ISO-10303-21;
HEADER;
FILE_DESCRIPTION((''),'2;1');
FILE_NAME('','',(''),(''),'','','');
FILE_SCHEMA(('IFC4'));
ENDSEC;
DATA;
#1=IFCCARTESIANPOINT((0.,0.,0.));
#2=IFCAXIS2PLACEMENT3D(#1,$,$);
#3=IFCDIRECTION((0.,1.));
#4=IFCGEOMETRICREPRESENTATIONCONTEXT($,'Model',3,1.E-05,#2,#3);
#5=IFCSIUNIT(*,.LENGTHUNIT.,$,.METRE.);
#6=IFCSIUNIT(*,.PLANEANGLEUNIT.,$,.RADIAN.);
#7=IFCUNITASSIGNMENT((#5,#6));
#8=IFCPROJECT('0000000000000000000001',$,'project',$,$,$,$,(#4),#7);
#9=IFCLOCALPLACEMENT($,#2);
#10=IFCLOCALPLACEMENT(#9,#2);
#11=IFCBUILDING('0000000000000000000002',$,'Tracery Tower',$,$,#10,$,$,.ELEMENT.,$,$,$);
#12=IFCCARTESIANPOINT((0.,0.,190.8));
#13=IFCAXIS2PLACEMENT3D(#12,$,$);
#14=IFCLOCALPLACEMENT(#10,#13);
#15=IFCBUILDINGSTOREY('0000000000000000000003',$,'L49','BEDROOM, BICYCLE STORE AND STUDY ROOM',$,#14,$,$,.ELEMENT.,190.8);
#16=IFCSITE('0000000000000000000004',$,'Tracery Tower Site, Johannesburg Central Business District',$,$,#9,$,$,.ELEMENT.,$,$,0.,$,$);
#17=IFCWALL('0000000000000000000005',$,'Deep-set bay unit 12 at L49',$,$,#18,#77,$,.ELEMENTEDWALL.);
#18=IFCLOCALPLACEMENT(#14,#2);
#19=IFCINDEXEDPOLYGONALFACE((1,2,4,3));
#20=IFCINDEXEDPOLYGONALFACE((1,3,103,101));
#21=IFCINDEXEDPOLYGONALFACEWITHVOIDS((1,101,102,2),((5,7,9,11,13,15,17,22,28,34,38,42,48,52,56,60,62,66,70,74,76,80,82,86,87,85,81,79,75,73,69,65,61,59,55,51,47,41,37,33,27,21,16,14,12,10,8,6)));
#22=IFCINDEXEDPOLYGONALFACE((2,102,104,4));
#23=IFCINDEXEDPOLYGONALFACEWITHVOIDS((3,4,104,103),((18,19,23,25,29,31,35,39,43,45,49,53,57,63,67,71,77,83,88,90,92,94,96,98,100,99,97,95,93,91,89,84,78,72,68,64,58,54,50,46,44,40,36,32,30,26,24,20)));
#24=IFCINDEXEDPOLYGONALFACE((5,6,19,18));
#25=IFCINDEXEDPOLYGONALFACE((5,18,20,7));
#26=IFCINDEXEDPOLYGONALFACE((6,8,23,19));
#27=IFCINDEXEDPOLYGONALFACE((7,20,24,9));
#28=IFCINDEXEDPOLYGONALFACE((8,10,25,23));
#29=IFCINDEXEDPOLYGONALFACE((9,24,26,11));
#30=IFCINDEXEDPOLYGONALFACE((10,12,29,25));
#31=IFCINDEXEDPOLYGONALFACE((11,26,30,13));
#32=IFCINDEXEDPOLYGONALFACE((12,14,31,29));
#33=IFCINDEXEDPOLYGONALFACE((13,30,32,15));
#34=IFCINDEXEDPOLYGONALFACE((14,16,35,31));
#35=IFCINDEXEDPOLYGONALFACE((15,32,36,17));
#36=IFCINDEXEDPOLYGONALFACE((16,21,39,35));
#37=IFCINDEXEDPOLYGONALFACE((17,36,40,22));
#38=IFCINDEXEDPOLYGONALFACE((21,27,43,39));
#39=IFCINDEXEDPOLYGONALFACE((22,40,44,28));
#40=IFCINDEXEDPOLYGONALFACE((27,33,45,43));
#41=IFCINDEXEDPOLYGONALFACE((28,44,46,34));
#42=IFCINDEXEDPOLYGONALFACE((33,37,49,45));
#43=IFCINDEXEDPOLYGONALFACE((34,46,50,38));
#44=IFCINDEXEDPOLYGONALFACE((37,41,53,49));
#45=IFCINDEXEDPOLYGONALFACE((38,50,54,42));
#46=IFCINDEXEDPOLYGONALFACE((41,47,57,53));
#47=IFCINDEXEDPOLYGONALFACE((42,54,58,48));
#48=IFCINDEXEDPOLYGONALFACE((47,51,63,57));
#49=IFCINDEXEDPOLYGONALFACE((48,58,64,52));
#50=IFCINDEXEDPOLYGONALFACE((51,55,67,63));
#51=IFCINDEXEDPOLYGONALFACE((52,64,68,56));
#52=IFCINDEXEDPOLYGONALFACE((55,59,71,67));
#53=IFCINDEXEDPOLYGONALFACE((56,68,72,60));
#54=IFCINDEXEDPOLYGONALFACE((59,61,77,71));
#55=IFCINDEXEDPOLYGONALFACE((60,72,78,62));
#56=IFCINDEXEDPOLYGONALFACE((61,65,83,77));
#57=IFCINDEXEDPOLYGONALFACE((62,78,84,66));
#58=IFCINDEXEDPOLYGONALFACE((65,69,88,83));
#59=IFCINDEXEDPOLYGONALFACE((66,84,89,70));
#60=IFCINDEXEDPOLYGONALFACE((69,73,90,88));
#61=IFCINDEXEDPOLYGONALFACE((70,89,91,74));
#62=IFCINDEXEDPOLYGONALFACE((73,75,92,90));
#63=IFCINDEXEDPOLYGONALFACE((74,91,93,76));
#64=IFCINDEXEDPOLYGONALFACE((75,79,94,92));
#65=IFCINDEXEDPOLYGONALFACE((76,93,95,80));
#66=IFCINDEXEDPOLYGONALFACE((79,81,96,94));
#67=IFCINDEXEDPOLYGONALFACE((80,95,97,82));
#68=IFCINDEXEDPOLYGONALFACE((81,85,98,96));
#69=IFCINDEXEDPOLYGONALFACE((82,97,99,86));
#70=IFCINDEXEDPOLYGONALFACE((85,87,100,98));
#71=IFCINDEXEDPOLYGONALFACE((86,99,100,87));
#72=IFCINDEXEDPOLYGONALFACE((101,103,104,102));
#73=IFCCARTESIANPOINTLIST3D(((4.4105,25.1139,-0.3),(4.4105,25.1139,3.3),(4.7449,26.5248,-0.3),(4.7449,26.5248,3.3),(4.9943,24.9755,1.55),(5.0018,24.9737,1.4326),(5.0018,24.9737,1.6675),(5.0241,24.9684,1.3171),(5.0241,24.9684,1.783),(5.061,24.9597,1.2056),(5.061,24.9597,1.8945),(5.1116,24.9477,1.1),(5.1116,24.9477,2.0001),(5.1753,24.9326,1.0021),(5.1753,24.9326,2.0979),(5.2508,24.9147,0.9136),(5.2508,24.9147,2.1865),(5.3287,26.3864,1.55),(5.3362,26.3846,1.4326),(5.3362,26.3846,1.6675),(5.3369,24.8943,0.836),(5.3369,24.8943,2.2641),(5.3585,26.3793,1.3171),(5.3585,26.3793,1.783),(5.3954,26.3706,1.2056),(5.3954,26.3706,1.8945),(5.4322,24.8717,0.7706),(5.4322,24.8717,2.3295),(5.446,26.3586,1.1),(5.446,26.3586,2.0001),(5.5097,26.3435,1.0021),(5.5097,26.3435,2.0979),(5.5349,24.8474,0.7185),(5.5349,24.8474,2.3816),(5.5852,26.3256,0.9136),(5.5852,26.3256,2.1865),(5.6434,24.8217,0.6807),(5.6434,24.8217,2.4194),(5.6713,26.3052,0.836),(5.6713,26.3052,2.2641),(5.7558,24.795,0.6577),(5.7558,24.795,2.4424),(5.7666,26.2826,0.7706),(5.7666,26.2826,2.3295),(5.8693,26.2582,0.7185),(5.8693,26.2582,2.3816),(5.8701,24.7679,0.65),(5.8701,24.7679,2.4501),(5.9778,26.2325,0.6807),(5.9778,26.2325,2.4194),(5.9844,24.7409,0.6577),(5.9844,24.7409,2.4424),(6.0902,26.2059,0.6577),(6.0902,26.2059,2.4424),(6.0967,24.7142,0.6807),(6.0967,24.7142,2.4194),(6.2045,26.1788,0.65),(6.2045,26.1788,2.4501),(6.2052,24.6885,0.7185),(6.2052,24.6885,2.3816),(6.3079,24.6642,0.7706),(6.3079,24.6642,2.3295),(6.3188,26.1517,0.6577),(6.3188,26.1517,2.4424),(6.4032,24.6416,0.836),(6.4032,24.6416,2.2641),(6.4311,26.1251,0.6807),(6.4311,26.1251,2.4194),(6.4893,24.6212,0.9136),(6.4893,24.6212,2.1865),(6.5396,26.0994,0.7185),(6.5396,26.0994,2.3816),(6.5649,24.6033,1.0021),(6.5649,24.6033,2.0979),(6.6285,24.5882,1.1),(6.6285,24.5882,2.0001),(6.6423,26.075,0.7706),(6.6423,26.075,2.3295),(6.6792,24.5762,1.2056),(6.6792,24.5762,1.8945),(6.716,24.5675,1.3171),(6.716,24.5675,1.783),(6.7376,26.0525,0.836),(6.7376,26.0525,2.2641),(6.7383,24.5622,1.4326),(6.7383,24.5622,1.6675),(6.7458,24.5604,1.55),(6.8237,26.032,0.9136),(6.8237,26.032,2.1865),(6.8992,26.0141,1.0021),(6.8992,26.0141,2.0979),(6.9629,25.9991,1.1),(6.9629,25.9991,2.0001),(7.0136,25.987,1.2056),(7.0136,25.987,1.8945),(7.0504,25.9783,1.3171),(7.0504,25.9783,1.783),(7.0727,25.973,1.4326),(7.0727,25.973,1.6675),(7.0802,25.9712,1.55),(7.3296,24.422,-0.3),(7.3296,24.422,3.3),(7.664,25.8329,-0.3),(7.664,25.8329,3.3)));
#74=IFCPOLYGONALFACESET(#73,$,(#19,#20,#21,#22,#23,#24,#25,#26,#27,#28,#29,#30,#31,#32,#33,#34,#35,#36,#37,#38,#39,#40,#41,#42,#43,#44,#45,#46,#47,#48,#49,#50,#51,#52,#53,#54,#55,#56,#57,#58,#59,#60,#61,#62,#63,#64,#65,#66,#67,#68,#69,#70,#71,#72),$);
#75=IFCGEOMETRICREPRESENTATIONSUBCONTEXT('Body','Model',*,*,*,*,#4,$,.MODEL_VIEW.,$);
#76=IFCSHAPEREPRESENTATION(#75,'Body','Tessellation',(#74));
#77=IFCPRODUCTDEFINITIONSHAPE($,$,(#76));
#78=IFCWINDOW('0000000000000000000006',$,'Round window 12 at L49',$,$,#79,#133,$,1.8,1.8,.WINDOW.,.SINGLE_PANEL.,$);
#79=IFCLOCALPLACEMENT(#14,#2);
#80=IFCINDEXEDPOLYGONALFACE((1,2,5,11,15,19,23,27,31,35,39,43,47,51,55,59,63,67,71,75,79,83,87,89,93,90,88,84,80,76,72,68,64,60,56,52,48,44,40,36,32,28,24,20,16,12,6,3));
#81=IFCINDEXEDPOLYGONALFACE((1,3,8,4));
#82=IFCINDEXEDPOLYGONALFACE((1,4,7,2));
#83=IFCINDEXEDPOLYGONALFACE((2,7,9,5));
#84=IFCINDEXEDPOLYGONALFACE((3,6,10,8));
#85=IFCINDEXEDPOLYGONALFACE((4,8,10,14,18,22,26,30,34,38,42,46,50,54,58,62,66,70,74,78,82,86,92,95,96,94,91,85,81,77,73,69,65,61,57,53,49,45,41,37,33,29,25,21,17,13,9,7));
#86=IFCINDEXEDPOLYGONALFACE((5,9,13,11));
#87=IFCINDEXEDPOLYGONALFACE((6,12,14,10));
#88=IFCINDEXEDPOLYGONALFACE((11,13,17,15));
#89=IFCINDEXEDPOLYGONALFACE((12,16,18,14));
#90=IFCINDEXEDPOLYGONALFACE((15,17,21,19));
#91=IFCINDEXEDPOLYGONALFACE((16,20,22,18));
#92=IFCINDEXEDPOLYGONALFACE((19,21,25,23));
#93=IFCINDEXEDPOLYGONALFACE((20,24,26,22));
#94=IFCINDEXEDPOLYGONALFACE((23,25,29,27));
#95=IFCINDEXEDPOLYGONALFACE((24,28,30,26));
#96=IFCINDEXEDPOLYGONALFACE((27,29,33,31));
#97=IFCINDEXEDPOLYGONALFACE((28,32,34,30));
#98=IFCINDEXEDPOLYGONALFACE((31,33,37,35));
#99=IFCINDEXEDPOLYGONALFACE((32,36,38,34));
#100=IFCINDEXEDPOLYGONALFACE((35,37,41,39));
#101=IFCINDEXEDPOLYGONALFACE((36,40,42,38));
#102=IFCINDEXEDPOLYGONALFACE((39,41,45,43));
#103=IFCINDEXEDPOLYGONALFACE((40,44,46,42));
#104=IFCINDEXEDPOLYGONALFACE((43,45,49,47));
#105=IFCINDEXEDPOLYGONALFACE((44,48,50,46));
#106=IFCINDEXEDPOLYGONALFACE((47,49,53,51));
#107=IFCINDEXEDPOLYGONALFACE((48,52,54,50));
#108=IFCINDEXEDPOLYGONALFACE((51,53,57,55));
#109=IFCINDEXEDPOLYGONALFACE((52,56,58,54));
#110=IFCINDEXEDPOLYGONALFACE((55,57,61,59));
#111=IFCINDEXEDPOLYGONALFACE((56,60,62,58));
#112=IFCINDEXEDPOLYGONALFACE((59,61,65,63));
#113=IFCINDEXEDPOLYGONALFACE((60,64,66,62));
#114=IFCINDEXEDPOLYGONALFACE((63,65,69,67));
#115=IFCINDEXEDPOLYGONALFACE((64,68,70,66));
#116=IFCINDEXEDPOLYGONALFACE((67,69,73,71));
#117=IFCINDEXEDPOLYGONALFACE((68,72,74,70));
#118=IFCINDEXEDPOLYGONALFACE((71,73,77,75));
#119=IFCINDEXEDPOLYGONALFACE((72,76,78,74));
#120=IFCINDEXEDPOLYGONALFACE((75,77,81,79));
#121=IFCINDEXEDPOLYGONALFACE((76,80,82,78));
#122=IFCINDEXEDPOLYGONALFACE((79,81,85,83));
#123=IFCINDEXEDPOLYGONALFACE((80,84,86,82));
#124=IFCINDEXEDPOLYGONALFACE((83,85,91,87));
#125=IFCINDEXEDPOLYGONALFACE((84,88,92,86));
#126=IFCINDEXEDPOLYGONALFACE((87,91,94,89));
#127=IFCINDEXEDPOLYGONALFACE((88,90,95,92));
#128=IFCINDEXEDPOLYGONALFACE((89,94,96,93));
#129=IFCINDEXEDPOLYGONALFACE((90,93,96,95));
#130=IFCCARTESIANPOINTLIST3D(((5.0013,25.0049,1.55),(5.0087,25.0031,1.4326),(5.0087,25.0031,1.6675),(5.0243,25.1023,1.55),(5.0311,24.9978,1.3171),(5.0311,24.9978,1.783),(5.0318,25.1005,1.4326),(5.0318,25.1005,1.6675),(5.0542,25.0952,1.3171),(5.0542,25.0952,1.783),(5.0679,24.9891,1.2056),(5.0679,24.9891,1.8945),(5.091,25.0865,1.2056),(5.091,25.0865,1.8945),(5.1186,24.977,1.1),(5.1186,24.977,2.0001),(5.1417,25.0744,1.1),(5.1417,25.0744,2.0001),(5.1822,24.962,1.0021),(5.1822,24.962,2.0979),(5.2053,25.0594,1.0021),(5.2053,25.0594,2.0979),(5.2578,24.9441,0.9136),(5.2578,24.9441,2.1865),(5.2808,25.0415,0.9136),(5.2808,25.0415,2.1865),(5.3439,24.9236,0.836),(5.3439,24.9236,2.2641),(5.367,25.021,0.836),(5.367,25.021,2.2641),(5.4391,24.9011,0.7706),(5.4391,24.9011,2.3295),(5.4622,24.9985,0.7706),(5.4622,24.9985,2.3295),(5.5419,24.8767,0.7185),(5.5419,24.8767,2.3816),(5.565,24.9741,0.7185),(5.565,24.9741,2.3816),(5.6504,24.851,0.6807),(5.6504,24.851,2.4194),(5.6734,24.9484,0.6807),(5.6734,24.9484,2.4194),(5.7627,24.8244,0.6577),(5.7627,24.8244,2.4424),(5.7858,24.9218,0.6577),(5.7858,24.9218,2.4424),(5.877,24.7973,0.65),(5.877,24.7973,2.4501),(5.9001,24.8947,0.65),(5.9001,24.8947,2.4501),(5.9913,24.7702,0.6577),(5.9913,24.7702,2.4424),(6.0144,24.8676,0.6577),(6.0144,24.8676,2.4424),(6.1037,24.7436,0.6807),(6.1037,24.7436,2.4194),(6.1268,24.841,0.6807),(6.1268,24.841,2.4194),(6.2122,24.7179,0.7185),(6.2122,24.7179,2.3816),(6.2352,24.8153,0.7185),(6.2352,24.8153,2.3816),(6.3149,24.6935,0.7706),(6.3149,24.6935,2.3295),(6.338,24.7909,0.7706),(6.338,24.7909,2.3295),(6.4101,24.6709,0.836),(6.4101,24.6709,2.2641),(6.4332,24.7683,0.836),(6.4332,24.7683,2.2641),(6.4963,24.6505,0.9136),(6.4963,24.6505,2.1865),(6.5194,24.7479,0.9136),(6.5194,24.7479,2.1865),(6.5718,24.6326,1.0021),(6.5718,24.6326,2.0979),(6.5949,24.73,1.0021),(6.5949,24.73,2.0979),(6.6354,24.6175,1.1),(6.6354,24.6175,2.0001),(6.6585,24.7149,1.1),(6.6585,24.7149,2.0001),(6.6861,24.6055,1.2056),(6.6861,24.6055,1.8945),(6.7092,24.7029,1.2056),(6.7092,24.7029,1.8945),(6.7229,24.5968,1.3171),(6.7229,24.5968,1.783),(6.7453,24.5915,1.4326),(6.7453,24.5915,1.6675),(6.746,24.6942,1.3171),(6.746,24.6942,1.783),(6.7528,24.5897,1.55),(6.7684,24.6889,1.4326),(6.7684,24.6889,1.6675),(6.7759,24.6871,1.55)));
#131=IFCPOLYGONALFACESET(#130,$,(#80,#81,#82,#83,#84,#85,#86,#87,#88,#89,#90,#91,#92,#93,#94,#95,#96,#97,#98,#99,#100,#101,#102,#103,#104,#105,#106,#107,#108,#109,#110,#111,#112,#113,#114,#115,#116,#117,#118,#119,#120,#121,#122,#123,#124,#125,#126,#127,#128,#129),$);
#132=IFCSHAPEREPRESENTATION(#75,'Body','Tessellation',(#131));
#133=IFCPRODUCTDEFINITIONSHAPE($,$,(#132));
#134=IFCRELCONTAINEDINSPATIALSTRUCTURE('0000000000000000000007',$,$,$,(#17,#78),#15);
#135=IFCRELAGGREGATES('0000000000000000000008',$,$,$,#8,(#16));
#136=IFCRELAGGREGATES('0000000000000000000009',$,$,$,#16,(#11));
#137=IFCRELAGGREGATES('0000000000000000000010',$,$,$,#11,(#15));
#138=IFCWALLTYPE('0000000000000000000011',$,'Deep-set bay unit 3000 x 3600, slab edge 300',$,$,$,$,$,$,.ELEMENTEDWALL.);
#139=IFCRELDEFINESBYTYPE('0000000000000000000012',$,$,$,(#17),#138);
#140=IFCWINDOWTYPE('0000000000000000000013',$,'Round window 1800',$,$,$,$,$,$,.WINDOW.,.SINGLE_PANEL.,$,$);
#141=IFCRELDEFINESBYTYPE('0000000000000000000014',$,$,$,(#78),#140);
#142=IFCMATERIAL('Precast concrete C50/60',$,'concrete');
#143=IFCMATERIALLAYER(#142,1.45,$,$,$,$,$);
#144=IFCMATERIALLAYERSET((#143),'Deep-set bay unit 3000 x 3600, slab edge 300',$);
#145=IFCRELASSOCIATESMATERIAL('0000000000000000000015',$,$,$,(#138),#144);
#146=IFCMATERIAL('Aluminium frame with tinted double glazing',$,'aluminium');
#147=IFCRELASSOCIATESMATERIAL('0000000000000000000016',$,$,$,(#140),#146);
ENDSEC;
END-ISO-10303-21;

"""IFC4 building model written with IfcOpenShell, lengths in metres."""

from ifc_helpers import new_model, si_unit, direction, frame, frame_2d, origin, origin_2d, place, context, subcontext, project, spatial, rectangle, circle, extrude, material, layer, layer_set, type_object, element, fill, save


model = new_model("IFC4")

# Units and contexts
model_context = context("Model", 3, precision=1e-05, world=origin(), true_north=direction((0.0, 1.0)))
body_context = subcontext(model_context, "Body", "Model", "MODEL_VIEW")
ifc_project = project(units=[si_unit("LENGTHUNIT", "METRE"), si_unit("PLANEANGLEUNIT", "RADIAN")], contexts=[model_context])

# Site, building, storey
site_placement = place(None, origin())
site = spatial("IfcSite", under=ifc_project, at=site_placement, Name="Tracery Tower Site, Johannesburg Central Business District", CompositionType="ELEMENT", RefElevation=0.0)
building_placement = place(site_placement, origin())
building = spatial("IfcBuilding", under=site, at=building_placement, Name="Tracery Tower", CompositionType="ELEMENT")
storey_placement = place(building_placement, frame((0.0, 0.0, 190.8)))
storey = spatial("IfcBuildingStorey", under=building, at=storey_placement, Name="L49", Description="BEDROOM, BICYCLE STORE AND STUDY ROOM", CompositionType="ELEMENT", Elevation=190.8)

# Wall, opening, window
ifc_material_1 = material(Name="Precast concrete C50/60", Category="concrete")
ifc_layer_1 = layer(ifc_material_1, 1.45)
ifc_layer_set_1 = layer_set([ifc_layer_1], Name="Deep-set bay unit 3000 x 3600, slab edge 300")
wall_type_1 = type_object("IfcWallType", Name="Deep-set bay unit 3000 x 3600, slab edge 300", PredefinedType="ELEMENTEDWALL", material=ifc_layer_set_1)
wall_1_placement = place(storey_placement, frame((7.4968, 25.1274, -0.3), z_axis=(0.0, 0.0, 1.0), x_axis=(-0.973042, 0.230627, 0.0)))
wall_1 = element("IfcWall", 1, at=wall_1_placement, inside=storey, type_object=wall_type_1, Name="Deep-set bay unit 12 at L49", PredefinedType="ELEMENTEDWALL", context=body_context, shape_type="SweptSolid", body=[
    extrude(rectangle(XDim=3.0, YDim=1.45, at=frame_2d((1.5, 0.0))), origin(), (0.0, 0.0, 1.0), 3.6001),
])
opening_1_placement = place(wall_1_placement, frame((1.5, 0.0, 1.8501)))
opening_1 = element("IfcOpeningElement", 2, at=opening_1_placement, cuts=wall_1, PredefinedType="OPENING", context=body_context, shape_type="SweptSolid", body=[
    extrude(circle(Radius=0.9, at=origin_2d()), frame((0.0, 0.7349, 0.0), z_axis=(0.0, -1.0, 0.0), x_axis=(1.0, 0.0, 0.0)), (0.0, 0.0, 1.0), 1.47),
])
ifc_material_2 = material(Name="Aluminium frame with tinted double glazing", Category="aluminium")
window_type = type_object("IfcWindowType", Name="Round window 1800", PartitioningType="SINGLE_PANEL", PredefinedType="WINDOW", material=ifc_material_2)
window_1_placement = place(opening_1_placement, origin())
window_1 = element("IfcWindow", 3, at=window_1_placement, inside=storey, type_object=window_type, Name="Round window 12 at L49", OverallHeight=1.8, OverallWidth=1.8, PartitioningType="SINGLE_PANEL", PredefinedType="WINDOW", context=body_context, shape_type="SweptSolid", body=[
    extrude(circle(Radius=0.9, at=origin_2d()), frame((0.0, 0.6948, 0.0), z_axis=(0.0, -1.0, 0.0), x_axis=(1.0, 0.0, 0.0)), (0.0, 0.0, 1.0), 0.1001),
])
fill(opening_1, window_1)

save(model, "model.ifc")
